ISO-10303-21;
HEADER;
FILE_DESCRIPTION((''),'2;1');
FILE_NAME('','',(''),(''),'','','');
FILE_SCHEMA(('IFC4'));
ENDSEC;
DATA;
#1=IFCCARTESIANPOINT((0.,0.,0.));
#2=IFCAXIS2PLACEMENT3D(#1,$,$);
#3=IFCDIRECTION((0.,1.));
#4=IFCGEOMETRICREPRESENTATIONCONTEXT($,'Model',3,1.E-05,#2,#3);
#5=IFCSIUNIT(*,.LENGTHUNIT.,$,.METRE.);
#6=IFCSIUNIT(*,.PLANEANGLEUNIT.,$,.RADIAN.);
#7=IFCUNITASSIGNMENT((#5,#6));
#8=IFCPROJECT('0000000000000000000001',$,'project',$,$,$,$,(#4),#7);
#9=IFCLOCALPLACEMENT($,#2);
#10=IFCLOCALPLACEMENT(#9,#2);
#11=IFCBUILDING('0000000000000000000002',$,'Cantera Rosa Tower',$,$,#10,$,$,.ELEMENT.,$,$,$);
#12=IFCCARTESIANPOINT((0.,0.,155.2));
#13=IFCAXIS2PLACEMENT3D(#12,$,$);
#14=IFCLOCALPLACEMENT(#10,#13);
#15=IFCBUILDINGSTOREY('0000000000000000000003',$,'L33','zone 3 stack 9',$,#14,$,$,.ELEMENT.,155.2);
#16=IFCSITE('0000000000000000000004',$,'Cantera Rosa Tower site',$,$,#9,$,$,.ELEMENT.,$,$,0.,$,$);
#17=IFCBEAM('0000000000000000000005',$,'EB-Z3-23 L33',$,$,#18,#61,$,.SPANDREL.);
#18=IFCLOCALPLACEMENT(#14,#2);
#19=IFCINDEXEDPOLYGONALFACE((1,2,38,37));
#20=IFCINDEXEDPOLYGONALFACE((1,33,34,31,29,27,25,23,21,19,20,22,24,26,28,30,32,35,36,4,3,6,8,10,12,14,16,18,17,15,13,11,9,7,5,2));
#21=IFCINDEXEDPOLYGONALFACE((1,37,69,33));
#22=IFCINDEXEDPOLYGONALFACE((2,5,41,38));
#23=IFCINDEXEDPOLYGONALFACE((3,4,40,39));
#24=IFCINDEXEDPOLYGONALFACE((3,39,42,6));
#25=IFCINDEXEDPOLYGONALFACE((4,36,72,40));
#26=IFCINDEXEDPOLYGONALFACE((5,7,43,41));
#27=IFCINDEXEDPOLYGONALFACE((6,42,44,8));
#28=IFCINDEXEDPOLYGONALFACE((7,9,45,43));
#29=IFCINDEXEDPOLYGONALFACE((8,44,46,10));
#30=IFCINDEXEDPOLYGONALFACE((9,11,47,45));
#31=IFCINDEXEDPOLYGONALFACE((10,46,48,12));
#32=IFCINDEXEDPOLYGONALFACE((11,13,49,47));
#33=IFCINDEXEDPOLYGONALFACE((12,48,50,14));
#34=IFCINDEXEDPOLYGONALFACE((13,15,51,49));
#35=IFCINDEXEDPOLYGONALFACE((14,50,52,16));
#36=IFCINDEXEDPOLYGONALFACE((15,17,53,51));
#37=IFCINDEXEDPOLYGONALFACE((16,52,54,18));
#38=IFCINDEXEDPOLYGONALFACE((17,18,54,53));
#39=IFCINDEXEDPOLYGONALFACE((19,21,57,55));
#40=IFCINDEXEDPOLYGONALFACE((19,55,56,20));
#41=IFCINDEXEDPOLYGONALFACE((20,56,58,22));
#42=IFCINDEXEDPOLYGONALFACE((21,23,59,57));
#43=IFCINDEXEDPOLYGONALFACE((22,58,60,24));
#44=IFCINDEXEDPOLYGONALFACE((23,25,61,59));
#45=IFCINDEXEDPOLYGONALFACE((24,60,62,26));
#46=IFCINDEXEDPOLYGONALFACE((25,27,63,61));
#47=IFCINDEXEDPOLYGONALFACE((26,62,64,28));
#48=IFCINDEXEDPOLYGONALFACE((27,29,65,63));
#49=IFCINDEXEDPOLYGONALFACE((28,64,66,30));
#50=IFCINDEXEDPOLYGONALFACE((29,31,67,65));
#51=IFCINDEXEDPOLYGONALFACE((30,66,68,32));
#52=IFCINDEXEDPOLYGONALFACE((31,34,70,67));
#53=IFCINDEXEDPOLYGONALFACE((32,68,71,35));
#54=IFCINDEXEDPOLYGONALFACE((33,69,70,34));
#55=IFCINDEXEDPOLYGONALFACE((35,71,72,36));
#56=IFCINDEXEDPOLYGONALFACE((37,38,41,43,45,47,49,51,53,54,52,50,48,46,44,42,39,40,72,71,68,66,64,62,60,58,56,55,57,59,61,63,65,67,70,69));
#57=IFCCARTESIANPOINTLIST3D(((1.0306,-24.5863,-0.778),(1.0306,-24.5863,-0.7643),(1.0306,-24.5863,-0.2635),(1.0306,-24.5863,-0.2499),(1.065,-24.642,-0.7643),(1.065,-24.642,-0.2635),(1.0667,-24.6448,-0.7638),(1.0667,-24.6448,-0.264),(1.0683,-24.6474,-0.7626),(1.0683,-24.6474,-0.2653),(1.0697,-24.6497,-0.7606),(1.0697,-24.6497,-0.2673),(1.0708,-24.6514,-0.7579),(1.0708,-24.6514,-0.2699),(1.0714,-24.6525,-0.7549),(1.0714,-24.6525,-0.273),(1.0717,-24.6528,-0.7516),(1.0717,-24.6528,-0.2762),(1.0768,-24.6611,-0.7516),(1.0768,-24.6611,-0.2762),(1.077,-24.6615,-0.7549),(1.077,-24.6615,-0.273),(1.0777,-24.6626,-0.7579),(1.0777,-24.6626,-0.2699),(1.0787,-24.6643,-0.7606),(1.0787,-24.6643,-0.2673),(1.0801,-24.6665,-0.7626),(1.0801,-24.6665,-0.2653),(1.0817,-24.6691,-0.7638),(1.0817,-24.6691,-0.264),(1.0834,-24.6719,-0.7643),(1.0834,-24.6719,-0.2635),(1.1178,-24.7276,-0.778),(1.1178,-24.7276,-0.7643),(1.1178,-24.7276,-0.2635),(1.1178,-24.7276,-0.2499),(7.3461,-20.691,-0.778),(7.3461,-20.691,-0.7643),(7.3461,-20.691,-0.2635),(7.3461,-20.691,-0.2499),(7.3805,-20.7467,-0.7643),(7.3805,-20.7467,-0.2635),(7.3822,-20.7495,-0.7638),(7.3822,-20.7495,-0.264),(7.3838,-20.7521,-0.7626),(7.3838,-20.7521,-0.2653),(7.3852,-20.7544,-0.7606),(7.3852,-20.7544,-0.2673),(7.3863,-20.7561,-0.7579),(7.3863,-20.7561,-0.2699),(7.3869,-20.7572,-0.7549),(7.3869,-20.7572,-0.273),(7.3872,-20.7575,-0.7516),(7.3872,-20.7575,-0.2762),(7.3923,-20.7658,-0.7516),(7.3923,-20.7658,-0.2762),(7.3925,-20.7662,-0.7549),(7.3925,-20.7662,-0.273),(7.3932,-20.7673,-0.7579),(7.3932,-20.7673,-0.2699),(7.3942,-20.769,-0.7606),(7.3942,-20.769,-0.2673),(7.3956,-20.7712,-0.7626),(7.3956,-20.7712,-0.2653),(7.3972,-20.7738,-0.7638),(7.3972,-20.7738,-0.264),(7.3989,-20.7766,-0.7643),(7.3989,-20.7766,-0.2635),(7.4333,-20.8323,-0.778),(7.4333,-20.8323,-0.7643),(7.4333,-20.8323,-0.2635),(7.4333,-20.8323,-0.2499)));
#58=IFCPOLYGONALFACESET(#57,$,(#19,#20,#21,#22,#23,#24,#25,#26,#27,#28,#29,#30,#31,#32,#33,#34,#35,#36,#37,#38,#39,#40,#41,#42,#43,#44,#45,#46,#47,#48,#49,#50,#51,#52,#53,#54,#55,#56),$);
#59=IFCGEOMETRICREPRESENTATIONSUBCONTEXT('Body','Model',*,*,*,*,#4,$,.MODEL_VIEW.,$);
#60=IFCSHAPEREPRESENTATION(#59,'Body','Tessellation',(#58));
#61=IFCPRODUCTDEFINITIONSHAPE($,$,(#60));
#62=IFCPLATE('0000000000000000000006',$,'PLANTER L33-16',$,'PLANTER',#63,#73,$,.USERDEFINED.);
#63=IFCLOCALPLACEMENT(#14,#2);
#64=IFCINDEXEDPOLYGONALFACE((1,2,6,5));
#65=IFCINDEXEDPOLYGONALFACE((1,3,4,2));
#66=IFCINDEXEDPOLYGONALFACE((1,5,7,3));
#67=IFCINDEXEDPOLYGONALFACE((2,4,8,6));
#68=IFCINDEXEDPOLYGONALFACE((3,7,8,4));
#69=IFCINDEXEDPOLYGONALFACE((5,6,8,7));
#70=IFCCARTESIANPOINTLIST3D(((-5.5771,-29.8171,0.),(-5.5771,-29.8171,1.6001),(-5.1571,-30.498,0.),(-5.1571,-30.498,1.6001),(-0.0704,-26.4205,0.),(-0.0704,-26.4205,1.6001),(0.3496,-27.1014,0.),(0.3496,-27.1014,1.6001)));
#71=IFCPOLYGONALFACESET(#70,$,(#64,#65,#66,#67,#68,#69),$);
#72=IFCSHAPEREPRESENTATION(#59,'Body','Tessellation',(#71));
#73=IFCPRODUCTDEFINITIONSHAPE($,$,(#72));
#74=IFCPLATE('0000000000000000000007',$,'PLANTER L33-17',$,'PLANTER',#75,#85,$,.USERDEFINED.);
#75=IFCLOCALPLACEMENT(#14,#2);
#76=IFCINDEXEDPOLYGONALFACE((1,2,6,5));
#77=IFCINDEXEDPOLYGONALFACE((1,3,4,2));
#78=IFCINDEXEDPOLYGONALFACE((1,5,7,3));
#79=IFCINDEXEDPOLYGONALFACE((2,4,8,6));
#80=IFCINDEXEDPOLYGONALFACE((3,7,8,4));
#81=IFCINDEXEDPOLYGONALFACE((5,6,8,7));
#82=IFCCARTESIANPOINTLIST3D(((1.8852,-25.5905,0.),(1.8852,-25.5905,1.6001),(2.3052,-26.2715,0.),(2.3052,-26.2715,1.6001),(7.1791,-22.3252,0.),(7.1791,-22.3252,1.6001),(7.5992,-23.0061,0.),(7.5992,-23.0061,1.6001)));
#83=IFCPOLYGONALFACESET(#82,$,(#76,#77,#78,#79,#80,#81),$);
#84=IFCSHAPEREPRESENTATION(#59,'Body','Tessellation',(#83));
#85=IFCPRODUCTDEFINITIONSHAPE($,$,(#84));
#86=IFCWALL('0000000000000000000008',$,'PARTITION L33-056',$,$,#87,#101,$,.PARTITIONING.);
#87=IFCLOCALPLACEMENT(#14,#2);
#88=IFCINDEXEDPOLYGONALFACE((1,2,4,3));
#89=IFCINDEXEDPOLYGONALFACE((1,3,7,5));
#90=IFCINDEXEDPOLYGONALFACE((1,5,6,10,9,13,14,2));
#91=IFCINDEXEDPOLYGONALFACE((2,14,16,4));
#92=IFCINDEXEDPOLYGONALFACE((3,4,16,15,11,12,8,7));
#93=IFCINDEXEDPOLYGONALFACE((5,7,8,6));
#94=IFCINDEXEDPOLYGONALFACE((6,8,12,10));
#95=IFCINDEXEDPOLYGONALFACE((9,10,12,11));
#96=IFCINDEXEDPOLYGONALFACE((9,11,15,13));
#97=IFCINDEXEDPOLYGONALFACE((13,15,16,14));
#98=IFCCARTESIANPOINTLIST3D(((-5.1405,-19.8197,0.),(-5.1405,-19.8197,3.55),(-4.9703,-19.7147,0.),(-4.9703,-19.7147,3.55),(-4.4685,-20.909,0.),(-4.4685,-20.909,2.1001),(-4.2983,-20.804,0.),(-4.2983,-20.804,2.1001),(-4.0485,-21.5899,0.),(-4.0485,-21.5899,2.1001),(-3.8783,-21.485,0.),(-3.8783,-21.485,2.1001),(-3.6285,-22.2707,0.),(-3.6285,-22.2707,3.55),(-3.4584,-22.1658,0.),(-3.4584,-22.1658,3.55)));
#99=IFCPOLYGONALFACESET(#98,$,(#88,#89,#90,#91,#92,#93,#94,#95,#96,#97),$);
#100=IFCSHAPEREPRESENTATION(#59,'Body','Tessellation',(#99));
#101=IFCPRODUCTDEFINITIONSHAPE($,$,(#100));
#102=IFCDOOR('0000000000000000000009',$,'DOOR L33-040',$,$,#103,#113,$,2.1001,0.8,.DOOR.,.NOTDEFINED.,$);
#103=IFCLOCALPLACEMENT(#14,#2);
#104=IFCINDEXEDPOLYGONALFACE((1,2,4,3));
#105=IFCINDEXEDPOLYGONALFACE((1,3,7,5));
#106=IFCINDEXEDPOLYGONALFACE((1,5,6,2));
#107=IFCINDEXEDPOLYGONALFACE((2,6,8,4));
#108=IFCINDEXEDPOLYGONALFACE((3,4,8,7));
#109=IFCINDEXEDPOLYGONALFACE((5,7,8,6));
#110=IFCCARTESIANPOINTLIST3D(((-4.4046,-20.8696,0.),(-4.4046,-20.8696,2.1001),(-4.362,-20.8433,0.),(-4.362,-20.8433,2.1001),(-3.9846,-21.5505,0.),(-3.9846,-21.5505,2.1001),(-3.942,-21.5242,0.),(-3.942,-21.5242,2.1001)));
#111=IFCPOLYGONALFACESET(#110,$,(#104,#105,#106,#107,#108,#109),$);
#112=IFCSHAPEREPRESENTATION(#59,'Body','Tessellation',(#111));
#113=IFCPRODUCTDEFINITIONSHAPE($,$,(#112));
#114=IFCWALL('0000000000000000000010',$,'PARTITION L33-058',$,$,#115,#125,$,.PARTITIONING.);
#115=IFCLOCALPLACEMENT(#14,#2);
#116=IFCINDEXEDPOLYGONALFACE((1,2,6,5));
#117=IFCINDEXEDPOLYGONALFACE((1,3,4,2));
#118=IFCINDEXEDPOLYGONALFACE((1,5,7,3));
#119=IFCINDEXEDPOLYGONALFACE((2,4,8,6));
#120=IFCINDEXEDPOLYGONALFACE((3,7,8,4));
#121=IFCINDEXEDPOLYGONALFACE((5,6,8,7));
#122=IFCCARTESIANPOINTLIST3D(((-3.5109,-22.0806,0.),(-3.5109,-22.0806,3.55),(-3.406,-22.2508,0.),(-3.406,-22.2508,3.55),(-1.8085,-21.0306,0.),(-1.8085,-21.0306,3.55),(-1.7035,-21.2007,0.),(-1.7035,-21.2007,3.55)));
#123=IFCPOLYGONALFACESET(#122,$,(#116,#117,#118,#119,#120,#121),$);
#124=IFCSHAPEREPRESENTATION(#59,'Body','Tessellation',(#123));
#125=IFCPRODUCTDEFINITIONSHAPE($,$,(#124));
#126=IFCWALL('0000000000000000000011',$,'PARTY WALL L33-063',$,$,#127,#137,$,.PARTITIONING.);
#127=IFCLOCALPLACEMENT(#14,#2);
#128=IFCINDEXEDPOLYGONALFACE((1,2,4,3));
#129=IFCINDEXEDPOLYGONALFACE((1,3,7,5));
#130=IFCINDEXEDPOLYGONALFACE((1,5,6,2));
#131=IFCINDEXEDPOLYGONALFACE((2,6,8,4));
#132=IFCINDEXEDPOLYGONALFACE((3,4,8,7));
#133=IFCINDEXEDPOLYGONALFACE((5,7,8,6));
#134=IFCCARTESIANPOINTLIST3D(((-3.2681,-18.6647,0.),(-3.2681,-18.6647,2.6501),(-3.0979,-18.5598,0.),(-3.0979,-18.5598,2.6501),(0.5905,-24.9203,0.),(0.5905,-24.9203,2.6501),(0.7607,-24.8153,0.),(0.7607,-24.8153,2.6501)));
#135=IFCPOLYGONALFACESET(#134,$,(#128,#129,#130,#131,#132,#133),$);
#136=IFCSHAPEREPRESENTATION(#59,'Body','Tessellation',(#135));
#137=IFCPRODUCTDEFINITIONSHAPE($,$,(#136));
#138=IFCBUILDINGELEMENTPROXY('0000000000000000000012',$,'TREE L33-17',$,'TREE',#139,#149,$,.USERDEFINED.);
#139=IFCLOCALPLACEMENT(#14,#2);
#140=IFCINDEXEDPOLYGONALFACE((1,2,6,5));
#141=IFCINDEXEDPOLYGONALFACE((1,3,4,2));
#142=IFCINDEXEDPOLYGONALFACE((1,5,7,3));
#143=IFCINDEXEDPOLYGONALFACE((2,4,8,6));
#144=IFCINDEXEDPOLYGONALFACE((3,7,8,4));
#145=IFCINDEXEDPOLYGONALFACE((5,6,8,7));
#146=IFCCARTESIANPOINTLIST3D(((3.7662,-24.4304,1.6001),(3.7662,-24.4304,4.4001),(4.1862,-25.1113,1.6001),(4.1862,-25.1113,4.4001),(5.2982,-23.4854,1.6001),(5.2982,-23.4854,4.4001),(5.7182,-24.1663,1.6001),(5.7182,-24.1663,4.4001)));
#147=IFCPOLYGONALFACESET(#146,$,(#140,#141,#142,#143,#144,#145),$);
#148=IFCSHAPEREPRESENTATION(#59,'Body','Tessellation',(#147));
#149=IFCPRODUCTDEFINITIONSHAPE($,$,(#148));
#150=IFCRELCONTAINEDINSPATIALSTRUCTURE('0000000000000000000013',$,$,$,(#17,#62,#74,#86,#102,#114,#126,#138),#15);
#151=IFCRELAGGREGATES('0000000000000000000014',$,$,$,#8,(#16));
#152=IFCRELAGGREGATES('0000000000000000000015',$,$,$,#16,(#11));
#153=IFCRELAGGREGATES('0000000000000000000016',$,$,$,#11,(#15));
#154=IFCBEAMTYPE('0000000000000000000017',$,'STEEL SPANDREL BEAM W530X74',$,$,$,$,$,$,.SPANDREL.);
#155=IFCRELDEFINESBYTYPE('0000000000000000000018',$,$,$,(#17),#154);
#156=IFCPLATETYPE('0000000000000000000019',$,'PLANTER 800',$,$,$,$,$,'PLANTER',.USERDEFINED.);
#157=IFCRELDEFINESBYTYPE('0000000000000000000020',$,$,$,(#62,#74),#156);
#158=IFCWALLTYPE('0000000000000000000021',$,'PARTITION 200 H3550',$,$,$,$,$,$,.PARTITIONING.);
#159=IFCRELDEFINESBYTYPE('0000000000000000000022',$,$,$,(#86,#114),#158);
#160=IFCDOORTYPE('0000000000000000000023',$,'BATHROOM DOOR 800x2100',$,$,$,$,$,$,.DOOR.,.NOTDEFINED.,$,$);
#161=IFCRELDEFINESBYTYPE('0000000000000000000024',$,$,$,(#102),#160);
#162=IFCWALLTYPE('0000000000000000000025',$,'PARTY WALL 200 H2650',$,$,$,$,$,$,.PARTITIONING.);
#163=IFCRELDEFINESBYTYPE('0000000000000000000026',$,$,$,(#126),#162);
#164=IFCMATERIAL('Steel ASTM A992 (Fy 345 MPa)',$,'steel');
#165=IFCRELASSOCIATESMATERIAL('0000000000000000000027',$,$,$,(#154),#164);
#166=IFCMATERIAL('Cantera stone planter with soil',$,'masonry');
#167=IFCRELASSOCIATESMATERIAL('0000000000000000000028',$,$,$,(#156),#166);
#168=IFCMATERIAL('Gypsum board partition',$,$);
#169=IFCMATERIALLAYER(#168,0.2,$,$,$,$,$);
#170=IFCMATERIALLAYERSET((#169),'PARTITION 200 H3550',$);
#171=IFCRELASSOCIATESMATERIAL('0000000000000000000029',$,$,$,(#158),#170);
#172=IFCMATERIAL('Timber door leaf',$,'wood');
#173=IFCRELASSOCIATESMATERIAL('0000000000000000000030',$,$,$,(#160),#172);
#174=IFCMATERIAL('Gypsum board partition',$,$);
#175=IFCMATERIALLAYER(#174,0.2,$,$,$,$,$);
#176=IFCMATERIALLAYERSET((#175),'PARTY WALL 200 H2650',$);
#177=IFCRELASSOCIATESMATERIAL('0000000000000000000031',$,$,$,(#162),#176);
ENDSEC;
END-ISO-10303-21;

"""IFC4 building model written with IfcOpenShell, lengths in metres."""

from ifc_helpers import new_model, si_unit, direction, frame, frame_2d, origin, origin_2d, place, context, subcontext, project, spatial, rectangle, i_section, extrude, material, layer, layer_set, material_profile, profile_set, type_object, element, fill, save


model = new_model("IFC4")

# Units and contexts
model_context = context("Model", 3, precision=1e-05, world=origin(), true_north=direction((0.0, 1.0)))
body_context = subcontext(model_context, "Body", "Model", "MODEL_VIEW")
ifc_project = project(units=[si_unit("LENGTHUNIT", "METRE"), si_unit("PLANEANGLEUNIT", "RADIAN")], contexts=[model_context])

# Site, building, storey
site_placement = place(None, origin())
site = spatial("IfcSite", under=ifc_project, at=site_placement, Name="Cantera Rosa Tower site", CompositionType="ELEMENT", RefElevation=0.0)
building_placement = place(site_placement, origin())
building = spatial("IfcBuilding", under=site, at=building_placement, Name="Cantera Rosa Tower", CompositionType="ELEMENT")
storey_placement = place(building_placement, frame((0.0, 0.0, 155.2)))
storey = spatial("IfcBuildingStorey", under=building, at=storey_placement, Name="L33", Description="zone 3 stack 9", CompositionType="ELEMENT", Elevation=155.2)

# Beam
ifc_material_1 = material(Name="Steel ASTM A992 (Fy 345 MPa)", Category="steel")
ifc_material_profile_1 = material_profile(ifc_material_1, i_section(OverallWidth=0.166, OverallDepth=0.5281, WebThickness=0.0098, FlangeThickness=0.0137, FilletRadius=0.0127, at=origin_2d()), Name="W530X74")
ifc_profile_set_1 = profile_set([ifc_material_profile_1], Name="Steel ASTM A992 (Fy 345 MPa)")
beam_type_1 = type_object("IfcBeamType", Name="STEEL SPANDREL BEAM W530X74", PredefinedType="SPANDREL", material=ifc_profile_set_1)
beam_1_placement = place(storey_placement, frame((1.0742, -24.657, -0.5139), z_axis=(0.851126, 0.524962, 0.0), x_axis=(-0.524962, 0.851126, 0.0)))
element("IfcBeam", 1, at=beam_1_placement, inside=storey, type_object=beam_type_1, Name="EB-Z3-23 L33", PredefinedType="SPANDREL", context=body_context, shape_type="SweptSolid", body=[
    extrude(i_section(OverallWidth=0.166, OverallDepth=0.5281, WebThickness=0.0098, FlangeThickness=0.0137, FilletRadius=0.0127, at=origin_2d()), origin(), (0.0, 0.0, 1.0), 7.4202),
])

# Plates
ifc_material_2 = material(Name="Cantera stone planter with soil", Category="masonry")
plate_type = type_object("IfcPlateType", Name="PLANTER 800", ElementType="PLANTER", PredefinedType="USERDEFINED", material=ifc_material_2)
plate_1_placement = place(storey_placement, frame((-2.6138, -28.4592, 0.0), z_axis=(0.0, 0.0, 1.0), x_axis=(0.851117, 0.524977, 0.0)))
element("IfcPlate", 2, at=plate_1_placement, inside=storey, type_object=plate_type, Name="PLANTER L33-16", ObjectType="PLANTER", PredefinedType="USERDEFINED", context=body_context, shape_type="SweptSolid", body=[
    extrude(rectangle(XDim=6.47, YDim=0.8, at=origin_2d()), origin(), (0.0, 0.0, 1.0), 1.6001),
])
plate_2_placement = place(storey_placement, frame((4.7422, -24.2983, 0.0), z_axis=(0.0, 0.0, 1.0), x_axis=(0.851117, 0.524977, 0.0)))
element("IfcPlate", 3, at=plate_2_placement, inside=storey, type_object=plate_type, Name="PLANTER L33-17", ObjectType="PLANTER", PredefinedType="USERDEFINED", context=body_context, shape_type="SweptSolid", body=[
    extrude(rectangle(XDim=6.22, YDim=0.8, at=origin_2d()), origin(), (0.0, 0.0, 1.0), 1.6001),
])

# Wall, opening, door
ifc_material_3 = material(Name="Gypsum board partition")
ifc_layer_1 = layer(ifc_material_3, 0.2)
ifc_layer_set_1 = layer_set([ifc_layer_1], Name="PARTITION 200 H3550")
wall_type_1 = type_object("IfcWallType", Name="PARTITION 200 H3550", PredefinedType="PARTITIONING", material=ifc_layer_set_1)
wall_1_placement = place(storey_placement, frame((-3.5435, -22.2183, 0.0), z_axis=(0.0, 0.0, 1.0), x_axis=(-0.524991, 0.851108, 0.0)))
wall_1 = element("IfcWall", 4, at=wall_1_placement, inside=storey, type_object=wall_type_1, Name="PARTITION L33-056", PredefinedType="PARTITIONING", context=body_context, shape_type="SweptSolid", body=[
    extrude(rectangle(XDim=2.8799, YDim=0.2, at=frame_2d((1.4399, 0.0))), origin(), (0.0, 0.0, 1.0), 3.55),
])
opening_1_placement = place(wall_1_placement, frame((0.8, 0.0, 0.0)))
opening_1 = element("IfcOpeningElement", 5, at=opening_1_placement, cuts=wall_1, PredefinedType="OPENING", context=body_context, shape_type="SweptSolid", body=[
    extrude(rectangle(XDim=0.8, YDim=2.1001, at=frame_2d((0.3999, 1.05))), frame((0.0, 0.1099, 0.0), z_axis=(0.0, -1.0, 0.0), x_axis=(1.0, 0.0, 0.0)), (0.0, 0.0, 1.0), 0.22),
])
ifc_material_4 = material(Name="Timber door leaf", Category="wood")
door_type_1 = type_object("IfcDoorType", Name="BATHROOM DOOR 800x2100", OperationType="NOTDEFINED", PredefinedType="DOOR", material=ifc_material_4)
door_1_placement = place(opening_1_placement, origin())
door_1 = element("IfcDoor", 6, at=door_1_placement, inside=storey, type_object=door_type_1, Name="DOOR L33-040", OperationType="NOTDEFINED", OverallHeight=2.1001, OverallWidth=0.8, PredefinedType="DOOR", context=body_context, shape_type="SweptSolid", body=[
    extrude(rectangle(XDim=0.8, YDim=2.1001, at=frame_2d((0.3999, 1.05))), frame((0.0, 0.0249, 0.0), z_axis=(0.0, -1.0, 0.0), x_axis=(1.0, 0.0, 0.0)), (0.0, 0.0, 1.0), 0.05),
])
fill(opening_1, door_1)

# Walls
wall_2_placement = place(storey_placement, frame((-1.7561, -21.1157, 0.0), z_axis=(0.0, 0.0, 1.0), x_axis=(-0.851117, -0.524976, 0.0)))
element("IfcWall", 7, at=wall_2_placement, inside=storey, type_object=wall_type_1, Name="PARTITION L33-058", PredefinedType="PARTITIONING", context=body_context, shape_type="SweptSolid", body=[
    extrude(rectangle(XDim=2.0002, YDim=0.2, at=frame_2d((1.0, 0.0))), origin(), (0.0, 0.0, 1.0), 3.55),
])
ifc_material_5 = material(Name="Gypsum board partition")
ifc_layer_2 = layer(ifc_material_5, 0.2)
ifc_layer_set_2 = layer_set([ifc_layer_2], Name="PARTY WALL 200 H2650")
wall_type_2 = type_object("IfcWallType", Name="PARTY WALL 200 H2650", PredefinedType="PARTITIONING", material=ifc_layer_set_2)
wall_3_placement = place(storey_placement, frame((0.6755, -24.8677, 0.0), z_axis=(0.0, 0.0, 1.0), x_axis=(-0.524989, 0.851109, 0.0)))
element("IfcWall", 8, at=wall_3_placement, inside=storey, type_object=wall_type_2, Name="PARTY WALL L33-063", PredefinedType="PARTITIONING", context=body_context, shape_type="SweptSolid", body=[
    extrude(rectangle(XDim=7.3499, YDim=0.2, at=frame_2d((3.6748, 0.0))), origin(), (0.0, 0.0, 1.0), 2.6501),
])

# Building element proxy
proxy_placement = place(storey_placement, frame((4.7422, -24.2983, 1.6001), z_axis=(0.0, 0.0, 1.0), x_axis=(0.851117, 0.524977, 0.0)))
element("IfcBuildingElementProxy", 9, at=proxy_placement, inside=storey, Name="TREE L33-17", ObjectType="TREE", PredefinedType="USERDEFINED", context=body_context, shape_type="SweptSolid", body=[
    extrude(rectangle(XDim=1.8, YDim=0.8, at=origin_2d()), origin(), (0.0, 0.0, 1.0), 2.8),
])

save(model, "model.ifc")
